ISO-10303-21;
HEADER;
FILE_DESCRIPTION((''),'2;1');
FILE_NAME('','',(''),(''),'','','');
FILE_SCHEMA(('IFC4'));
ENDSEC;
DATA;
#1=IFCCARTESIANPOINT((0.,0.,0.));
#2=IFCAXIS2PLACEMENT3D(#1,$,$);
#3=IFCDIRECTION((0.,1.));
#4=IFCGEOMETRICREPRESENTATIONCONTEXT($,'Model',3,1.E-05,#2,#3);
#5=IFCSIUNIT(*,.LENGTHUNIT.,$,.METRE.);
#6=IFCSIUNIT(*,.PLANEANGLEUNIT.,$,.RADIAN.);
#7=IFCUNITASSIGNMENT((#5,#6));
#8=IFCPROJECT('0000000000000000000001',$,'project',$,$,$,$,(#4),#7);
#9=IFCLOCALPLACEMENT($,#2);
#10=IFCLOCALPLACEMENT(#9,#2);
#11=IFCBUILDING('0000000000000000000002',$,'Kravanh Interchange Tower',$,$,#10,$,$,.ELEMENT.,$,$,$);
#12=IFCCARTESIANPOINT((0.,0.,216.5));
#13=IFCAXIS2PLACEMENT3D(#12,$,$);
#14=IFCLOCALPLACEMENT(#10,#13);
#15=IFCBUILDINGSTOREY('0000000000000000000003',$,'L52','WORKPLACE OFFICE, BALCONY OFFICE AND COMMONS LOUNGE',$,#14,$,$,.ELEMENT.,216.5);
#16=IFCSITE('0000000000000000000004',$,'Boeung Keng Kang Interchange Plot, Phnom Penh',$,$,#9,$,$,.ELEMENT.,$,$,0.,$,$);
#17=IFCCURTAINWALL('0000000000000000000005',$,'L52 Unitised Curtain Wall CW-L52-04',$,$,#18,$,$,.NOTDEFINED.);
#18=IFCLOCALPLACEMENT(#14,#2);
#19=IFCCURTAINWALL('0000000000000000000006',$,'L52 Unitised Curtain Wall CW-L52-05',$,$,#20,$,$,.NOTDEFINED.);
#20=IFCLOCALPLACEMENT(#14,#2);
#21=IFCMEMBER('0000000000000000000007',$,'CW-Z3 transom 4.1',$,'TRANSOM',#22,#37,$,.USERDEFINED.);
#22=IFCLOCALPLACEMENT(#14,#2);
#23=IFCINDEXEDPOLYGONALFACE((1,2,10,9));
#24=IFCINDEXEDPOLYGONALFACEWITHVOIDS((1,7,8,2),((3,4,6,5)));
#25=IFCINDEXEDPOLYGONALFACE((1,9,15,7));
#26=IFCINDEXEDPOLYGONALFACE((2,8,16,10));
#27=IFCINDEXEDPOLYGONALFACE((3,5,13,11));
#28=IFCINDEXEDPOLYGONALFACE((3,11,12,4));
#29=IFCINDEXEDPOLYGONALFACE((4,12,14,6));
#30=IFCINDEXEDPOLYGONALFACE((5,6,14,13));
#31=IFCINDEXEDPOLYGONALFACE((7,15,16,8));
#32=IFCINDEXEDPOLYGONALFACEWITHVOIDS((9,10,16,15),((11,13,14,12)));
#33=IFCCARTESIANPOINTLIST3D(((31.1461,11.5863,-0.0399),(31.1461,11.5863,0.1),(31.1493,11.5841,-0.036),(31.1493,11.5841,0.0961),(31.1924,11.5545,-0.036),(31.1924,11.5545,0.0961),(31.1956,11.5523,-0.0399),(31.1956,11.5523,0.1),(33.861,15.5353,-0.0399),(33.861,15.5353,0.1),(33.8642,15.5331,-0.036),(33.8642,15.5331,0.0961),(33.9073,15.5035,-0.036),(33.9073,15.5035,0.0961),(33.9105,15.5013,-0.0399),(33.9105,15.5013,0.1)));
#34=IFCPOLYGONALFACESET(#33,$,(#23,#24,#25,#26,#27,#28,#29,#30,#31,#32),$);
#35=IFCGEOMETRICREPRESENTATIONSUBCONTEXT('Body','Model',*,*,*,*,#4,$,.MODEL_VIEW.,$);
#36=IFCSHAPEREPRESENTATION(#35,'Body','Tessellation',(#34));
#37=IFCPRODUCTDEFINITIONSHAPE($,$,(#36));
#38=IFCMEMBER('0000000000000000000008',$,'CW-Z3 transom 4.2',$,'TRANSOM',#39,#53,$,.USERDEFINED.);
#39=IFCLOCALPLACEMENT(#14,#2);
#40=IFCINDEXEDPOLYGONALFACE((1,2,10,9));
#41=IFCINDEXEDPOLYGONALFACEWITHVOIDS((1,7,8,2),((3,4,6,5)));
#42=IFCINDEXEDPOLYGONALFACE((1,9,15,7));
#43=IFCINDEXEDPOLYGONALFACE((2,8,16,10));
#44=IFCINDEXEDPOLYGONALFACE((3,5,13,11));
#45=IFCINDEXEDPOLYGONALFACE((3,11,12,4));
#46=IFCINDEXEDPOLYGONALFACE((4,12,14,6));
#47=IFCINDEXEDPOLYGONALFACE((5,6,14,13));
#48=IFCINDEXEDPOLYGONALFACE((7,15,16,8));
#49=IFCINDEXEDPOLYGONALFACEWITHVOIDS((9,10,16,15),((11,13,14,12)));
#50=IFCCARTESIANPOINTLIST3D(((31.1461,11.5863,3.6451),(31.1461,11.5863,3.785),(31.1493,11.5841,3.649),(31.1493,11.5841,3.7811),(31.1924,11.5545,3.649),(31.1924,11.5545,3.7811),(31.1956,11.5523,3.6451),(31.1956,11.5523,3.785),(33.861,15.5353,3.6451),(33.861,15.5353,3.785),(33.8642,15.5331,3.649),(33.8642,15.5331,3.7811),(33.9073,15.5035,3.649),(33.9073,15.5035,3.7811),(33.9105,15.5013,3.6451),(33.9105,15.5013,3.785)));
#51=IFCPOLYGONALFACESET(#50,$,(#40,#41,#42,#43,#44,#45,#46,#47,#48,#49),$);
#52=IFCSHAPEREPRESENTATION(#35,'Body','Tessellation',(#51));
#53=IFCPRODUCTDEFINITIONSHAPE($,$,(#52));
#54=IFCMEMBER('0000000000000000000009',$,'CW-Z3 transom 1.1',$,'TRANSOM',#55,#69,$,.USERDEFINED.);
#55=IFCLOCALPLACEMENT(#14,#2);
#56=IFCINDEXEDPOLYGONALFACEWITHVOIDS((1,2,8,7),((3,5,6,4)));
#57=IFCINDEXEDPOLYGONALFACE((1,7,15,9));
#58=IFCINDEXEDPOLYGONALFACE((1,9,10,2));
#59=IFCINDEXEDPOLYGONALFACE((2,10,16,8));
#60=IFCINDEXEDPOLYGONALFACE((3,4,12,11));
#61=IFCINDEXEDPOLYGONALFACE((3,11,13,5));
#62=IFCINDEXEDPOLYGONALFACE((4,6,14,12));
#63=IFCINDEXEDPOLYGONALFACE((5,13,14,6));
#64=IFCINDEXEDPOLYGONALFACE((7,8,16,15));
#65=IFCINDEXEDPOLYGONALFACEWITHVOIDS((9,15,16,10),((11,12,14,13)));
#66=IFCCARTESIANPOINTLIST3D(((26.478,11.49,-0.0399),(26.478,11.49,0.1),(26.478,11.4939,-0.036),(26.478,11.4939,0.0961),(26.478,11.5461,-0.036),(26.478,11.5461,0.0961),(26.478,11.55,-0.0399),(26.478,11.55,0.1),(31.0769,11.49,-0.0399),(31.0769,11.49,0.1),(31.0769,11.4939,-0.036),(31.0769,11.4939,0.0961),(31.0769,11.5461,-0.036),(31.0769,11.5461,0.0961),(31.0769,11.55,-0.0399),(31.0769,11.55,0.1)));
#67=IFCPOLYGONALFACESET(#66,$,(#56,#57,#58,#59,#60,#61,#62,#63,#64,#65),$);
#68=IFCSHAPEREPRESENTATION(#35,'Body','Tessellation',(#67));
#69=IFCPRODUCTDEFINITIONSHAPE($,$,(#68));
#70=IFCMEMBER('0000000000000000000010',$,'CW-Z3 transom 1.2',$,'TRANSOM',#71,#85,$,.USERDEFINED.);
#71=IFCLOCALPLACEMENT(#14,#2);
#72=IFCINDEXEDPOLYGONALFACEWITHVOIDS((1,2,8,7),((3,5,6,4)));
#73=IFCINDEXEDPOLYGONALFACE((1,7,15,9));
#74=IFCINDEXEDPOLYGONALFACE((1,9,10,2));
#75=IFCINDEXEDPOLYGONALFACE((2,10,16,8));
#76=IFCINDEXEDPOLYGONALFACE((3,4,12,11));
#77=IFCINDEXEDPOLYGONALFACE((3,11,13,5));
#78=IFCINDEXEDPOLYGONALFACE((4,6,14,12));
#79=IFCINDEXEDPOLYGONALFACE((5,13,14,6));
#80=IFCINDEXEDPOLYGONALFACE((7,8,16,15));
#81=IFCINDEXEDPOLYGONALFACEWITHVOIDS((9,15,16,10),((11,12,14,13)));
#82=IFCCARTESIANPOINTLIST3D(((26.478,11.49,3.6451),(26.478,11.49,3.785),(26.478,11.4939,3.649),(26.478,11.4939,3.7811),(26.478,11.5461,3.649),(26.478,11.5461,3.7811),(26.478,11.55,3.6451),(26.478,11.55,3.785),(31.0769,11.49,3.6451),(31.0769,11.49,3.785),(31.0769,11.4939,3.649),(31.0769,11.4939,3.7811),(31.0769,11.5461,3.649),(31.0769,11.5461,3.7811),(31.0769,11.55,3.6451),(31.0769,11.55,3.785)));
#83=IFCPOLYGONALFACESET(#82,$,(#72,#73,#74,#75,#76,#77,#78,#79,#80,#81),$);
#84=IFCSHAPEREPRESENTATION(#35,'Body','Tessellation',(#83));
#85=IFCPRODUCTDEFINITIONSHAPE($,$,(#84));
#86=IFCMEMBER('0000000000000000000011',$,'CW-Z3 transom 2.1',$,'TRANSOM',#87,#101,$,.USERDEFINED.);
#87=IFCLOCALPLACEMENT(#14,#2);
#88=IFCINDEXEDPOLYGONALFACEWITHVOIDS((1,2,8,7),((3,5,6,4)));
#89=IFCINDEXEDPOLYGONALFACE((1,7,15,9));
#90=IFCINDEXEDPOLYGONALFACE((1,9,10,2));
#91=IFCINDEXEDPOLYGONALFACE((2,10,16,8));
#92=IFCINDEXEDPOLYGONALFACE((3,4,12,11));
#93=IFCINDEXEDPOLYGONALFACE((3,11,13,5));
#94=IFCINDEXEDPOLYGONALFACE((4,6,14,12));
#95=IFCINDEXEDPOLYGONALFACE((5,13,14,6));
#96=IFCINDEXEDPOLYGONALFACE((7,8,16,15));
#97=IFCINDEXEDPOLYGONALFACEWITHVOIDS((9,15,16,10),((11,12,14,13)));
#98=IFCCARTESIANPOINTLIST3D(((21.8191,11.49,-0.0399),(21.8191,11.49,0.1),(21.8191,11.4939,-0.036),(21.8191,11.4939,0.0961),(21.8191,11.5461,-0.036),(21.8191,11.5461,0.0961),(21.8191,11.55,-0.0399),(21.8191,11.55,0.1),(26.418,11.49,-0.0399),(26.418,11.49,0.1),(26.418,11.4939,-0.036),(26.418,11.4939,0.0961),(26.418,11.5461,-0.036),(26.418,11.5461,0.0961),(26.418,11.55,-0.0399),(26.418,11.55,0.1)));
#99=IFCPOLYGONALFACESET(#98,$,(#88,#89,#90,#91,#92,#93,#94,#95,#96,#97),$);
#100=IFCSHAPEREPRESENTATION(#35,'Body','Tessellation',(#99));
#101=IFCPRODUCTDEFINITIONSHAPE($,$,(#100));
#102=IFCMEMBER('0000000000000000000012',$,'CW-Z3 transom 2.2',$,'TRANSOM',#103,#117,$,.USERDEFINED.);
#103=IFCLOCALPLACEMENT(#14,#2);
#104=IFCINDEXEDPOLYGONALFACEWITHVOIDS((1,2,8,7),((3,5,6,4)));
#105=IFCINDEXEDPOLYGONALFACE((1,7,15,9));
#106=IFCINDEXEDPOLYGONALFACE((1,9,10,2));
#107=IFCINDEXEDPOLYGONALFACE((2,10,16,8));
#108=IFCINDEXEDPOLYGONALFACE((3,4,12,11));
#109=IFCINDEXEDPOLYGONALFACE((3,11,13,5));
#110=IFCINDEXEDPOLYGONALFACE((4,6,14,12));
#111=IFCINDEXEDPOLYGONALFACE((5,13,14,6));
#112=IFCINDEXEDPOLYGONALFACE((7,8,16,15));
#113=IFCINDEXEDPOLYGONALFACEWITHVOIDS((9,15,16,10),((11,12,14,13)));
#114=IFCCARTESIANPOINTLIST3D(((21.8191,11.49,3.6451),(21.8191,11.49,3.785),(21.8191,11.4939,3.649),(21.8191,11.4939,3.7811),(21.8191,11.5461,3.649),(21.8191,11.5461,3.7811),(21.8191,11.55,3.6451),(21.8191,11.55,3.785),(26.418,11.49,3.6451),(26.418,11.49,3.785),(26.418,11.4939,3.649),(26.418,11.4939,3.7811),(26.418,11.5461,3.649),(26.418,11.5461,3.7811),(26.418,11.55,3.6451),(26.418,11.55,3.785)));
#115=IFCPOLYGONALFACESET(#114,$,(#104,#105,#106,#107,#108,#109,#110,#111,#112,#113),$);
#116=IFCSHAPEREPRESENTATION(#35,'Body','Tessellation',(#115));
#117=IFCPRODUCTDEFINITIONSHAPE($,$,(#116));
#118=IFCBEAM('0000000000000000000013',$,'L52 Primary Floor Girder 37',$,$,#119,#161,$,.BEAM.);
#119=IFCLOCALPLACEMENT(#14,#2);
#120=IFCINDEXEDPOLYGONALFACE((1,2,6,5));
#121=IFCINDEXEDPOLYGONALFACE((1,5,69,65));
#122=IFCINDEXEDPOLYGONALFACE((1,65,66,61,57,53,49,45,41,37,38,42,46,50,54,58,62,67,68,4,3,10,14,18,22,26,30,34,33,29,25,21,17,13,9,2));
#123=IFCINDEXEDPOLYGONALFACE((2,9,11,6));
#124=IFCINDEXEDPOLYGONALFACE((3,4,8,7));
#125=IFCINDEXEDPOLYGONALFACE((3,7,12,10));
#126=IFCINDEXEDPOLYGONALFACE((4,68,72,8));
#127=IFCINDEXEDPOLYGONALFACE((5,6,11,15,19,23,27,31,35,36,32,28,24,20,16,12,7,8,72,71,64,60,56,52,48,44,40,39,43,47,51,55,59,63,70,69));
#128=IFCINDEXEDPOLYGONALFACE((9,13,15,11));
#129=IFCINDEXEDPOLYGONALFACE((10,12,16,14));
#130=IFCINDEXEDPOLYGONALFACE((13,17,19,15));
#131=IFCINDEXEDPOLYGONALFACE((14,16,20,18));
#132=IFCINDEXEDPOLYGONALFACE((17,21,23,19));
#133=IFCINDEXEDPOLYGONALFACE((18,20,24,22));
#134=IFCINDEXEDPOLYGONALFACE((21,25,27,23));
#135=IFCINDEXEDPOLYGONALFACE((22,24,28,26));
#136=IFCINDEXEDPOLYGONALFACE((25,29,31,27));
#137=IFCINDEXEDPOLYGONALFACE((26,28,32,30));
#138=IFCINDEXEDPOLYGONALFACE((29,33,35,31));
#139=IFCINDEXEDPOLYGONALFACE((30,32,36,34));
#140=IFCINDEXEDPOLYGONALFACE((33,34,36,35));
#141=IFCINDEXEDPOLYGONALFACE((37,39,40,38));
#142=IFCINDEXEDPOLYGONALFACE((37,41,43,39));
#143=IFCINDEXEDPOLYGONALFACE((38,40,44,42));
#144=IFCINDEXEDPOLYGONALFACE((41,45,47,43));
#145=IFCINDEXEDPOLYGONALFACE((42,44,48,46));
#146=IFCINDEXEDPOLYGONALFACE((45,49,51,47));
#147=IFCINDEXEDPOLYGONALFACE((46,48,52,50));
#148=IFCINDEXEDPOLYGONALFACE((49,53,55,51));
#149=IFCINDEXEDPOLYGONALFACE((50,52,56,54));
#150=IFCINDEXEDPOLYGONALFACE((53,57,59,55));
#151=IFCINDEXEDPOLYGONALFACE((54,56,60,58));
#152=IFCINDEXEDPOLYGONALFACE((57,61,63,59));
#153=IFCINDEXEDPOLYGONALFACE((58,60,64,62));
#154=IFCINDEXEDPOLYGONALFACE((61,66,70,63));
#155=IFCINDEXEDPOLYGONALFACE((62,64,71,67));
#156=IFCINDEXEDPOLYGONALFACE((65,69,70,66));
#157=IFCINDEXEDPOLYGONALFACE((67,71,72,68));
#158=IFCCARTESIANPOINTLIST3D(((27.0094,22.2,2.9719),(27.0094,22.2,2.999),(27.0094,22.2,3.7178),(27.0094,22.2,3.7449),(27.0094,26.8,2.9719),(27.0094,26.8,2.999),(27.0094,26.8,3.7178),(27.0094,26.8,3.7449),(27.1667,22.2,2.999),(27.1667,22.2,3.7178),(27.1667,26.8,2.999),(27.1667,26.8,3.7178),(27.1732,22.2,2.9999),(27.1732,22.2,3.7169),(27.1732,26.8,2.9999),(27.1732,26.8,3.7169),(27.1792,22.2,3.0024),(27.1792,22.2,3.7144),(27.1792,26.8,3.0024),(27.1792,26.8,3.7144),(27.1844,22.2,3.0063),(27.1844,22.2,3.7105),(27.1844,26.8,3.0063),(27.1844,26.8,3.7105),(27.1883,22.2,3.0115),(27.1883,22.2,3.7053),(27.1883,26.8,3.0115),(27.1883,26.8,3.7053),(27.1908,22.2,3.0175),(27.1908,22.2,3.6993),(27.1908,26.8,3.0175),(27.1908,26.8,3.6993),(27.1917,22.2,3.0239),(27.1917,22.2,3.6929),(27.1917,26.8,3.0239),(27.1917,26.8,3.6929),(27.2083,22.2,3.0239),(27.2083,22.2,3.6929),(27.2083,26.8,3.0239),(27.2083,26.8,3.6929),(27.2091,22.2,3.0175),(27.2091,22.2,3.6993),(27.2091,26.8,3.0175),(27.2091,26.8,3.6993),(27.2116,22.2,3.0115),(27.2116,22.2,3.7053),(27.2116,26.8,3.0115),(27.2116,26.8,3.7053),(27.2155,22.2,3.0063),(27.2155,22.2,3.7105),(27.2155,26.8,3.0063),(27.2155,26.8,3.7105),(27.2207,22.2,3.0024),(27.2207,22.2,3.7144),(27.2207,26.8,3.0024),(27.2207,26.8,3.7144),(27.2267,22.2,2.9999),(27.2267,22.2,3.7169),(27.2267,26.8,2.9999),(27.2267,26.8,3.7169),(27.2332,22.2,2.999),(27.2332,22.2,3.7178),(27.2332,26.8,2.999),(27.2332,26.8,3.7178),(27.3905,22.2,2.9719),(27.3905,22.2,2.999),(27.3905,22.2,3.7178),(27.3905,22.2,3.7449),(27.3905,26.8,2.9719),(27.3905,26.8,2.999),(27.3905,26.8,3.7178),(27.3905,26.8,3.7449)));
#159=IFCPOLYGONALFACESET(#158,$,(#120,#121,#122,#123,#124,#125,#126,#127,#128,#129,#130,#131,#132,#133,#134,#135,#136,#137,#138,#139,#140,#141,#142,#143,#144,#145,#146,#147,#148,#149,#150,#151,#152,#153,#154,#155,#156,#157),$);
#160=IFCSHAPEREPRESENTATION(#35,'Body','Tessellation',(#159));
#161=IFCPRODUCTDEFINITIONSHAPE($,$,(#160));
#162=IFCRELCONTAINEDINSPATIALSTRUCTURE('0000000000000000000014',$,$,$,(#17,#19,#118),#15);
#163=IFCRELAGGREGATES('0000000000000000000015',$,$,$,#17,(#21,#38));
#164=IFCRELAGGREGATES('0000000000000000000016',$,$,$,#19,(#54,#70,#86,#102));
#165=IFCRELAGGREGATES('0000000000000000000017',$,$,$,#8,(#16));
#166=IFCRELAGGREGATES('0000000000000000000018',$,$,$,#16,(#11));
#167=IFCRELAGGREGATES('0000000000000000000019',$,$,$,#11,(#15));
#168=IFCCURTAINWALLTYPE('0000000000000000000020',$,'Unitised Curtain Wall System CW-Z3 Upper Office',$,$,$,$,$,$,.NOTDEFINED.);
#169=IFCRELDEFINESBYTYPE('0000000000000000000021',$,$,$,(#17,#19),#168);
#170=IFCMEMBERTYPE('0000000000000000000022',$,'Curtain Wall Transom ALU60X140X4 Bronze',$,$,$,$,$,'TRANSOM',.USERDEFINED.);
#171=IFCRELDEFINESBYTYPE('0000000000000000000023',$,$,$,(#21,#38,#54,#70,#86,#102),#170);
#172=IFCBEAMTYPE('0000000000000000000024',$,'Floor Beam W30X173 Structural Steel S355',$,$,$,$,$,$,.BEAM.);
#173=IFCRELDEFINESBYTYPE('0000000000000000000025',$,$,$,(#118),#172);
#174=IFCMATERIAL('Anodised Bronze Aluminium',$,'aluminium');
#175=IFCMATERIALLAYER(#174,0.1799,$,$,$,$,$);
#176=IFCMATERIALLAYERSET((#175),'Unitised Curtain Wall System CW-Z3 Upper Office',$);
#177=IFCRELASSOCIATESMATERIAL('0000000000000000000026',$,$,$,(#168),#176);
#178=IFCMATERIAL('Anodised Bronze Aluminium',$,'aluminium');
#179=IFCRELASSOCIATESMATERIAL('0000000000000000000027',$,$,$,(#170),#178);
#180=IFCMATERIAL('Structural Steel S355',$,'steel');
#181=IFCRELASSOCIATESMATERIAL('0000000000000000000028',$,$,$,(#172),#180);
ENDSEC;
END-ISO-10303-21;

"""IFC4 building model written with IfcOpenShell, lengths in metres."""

from ifc_helpers import new_model, si_unit, direction, frame, origin, origin_2d, place, context, subcontext, project, spatial, hollow_rectangle, i_section, extrude, material, layer, layer_set, material_profile, profile_set, type_object, element, aggregate, save


model = new_model("IFC4")

# Units and contexts
model_context = context("Model", 3, precision=1e-05, world=origin(), true_north=direction((0.0, 1.0)))
body_context = subcontext(model_context, "Body", "Model", "MODEL_VIEW")
ifc_project = project(units=[si_unit("LENGTHUNIT", "METRE"), si_unit("PLANEANGLEUNIT", "RADIAN")], contexts=[model_context])

# Site, building, storey
site_placement = place(None, origin())
site = spatial("IfcSite", under=ifc_project, at=site_placement, Name="Boeung Keng Kang Interchange Plot, Phnom Penh", CompositionType="ELEMENT", RefElevation=0.0)
building_placement = place(site_placement, origin())
building = spatial("IfcBuilding", under=site, at=building_placement, Name="Kravanh Interchange Tower", CompositionType="ELEMENT")
storey_placement = place(building_placement, frame((0.0, 0.0, 216.5)))
storey = spatial("IfcBuildingStorey", under=building, at=storey_placement, Name="L52", Description="WORKPLACE OFFICE, BALCONY OFFICE AND COMMONS LOUNGE", CompositionType="ELEMENT", Elevation=216.5)

# Curtain walls
ifc_material_1 = material(Name="Anodised Bronze Aluminium", Category="aluminium")
ifc_layer_1 = layer(ifc_material_1, 0.1799)
ifc_layer_set_1 = layer_set([ifc_layer_1], Name="Unitised Curtain Wall System CW-Z3 Upper Office")
curtain_wall_type = type_object("IfcCurtainWallType", Name="Unitised Curtain Wall System CW-Z3 Upper Office", PredefinedType="NOTDEFINED", material=ifc_layer_set_1)
curtain_wall_1_placement = place(storey_placement, origin())
curtain_wall_1 = element("IfcCurtainWall", 1, at=curtain_wall_1_placement, inside=storey, type_object=curtain_wall_type, Name="L52 Unitised Curtain Wall CW-L52-04", PredefinedType="NOTDEFINED")
curtain_wall_2_placement = place(storey_placement, origin())
curtain_wall_2 = element("IfcCurtainWall", 2, at=curtain_wall_2_placement, inside=storey, type_object=curtain_wall_type, Name="L52 Unitised Curtain Wall CW-L52-05", PredefinedType="NOTDEFINED")

# Members
ifc_material_2 = material(Name="Anodised Bronze Aluminium", Category="aluminium")
ifc_material_profile_1 = material_profile(ifc_material_2, hollow_rectangle(XDim=0.0601, YDim=0.1399, WallThickness=0.0039, at=origin_2d()), Name="ALU60X140X4")
ifc_profile_set_1 = profile_set([ifc_material_profile_1], Name="Anodised Bronze Aluminium")
member_type_1 = type_object("IfcMemberType", Name="Curtain Wall Transom ALU60X140X4 Bronze", ElementType="TRANSOM", PredefinedType="USERDEFINED", material=ifc_profile_set_1)
member_1_placement = place(storey_placement, frame((33.8857, 15.5183, 0.03), z_axis=(-0.566518, -0.824049, 0.0), x_axis=(0.824049, -0.566518, 0.0)))
member_1 = element("IfcMember", 3, at=member_1_placement, type_object=member_type_1, Name="CW-Z3 transom 4.1", ObjectType="TRANSOM", PredefinedType="USERDEFINED", context=body_context, shape_type="SweptSolid", body=[
    extrude(hollow_rectangle(XDim=0.0601, YDim=0.1399, WallThickness=0.0039, at=origin_2d()), origin(), (0.0, 0.0, 1.0), 4.7922),
])
member_2_placement = place(storey_placement, frame((33.8857, 15.5183, 3.7151), z_axis=(-0.566518, -0.824049, 0.0), x_axis=(0.824049, -0.566518, 0.0)))
member_2 = element("IfcMember", 4, at=member_2_placement, type_object=member_type_1, Name="CW-Z3 transom 4.2", ObjectType="TRANSOM", PredefinedType="USERDEFINED", context=body_context, shape_type="SweptSolid", body=[
    extrude(hollow_rectangle(XDim=0.0601, YDim=0.1399, WallThickness=0.0039, at=origin_2d()), origin(), (0.0, 0.0, 1.0), 4.7922),
])
member_3_placement = place(storey_placement, frame((31.0769, 11.52, 0.03), z_axis=(-1.0, 0.0, 0.0), x_axis=(0.0, -1.0, 0.0)))
member_3 = element("IfcMember", 5, at=member_3_placement, type_object=member_type_1, Name="CW-Z3 transom 1.1", ObjectType="TRANSOM", PredefinedType="USERDEFINED", context=body_context, shape_type="SweptSolid", body=[
    extrude(hollow_rectangle(XDim=0.0601, YDim=0.1399, WallThickness=0.0039, at=origin_2d()), origin(), (0.0, 0.0, 1.0), 4.5989),
])
member_4_placement = place(storey_placement, frame((31.0769, 11.52, 3.7151), z_axis=(-1.0, 0.0, 0.0), x_axis=(0.0, -1.0, 0.0)))
member_4 = element("IfcMember", 6, at=member_4_placement, type_object=member_type_1, Name="CW-Z3 transom 1.2", ObjectType="TRANSOM", PredefinedType="USERDEFINED", context=body_context, shape_type="SweptSolid", body=[
    extrude(hollow_rectangle(XDim=0.0601, YDim=0.1399, WallThickness=0.0039, at=origin_2d()), origin(), (0.0, 0.0, 1.0), 4.5989),
])
member_5_placement = place(storey_placement, frame((26.418, 11.52, 0.03), z_axis=(-1.0, 0.0, 0.0), x_axis=(0.0, -1.0, 0.0)))
member_5 = element("IfcMember", 7, at=member_5_placement, type_object=member_type_1, Name="CW-Z3 transom 2.1", ObjectType="TRANSOM", PredefinedType="USERDEFINED", context=body_context, shape_type="SweptSolid", body=[
    extrude(hollow_rectangle(XDim=0.0601, YDim=0.1399, WallThickness=0.0039, at=origin_2d()), origin(), (0.0, 0.0, 1.0), 4.5989),
])
member_6_placement = place(storey_placement, frame((26.418, 11.52, 3.7151), z_axis=(-1.0, 0.0, 0.0), x_axis=(0.0, -1.0, 0.0)))
member_6 = element("IfcMember", 8, at=member_6_placement, type_object=member_type_1, Name="CW-Z3 transom 2.2", ObjectType="TRANSOM", PredefinedType="USERDEFINED", context=body_context, shape_type="SweptSolid", body=[
    extrude(hollow_rectangle(XDim=0.0601, YDim=0.1399, WallThickness=0.0039, at=origin_2d()), origin(), (0.0, 0.0, 1.0), 4.5989),
])

# Beam
ifc_material_3 = material(Name="Structural Steel S355", Category="steel")
ifc_material_profile_2 = material_profile(ifc_material_3, i_section(OverallWidth=0.3811, OverallDepth=0.7729, WebThickness=0.0166, FlangeThickness=0.0271, FilletRadius=0.0249, at=origin_2d()), Name="W30X173")
ifc_profile_set_2 = profile_set([ifc_material_profile_2], Name="Structural Steel S355")
beam_type_1 = type_object("IfcBeamType", Name="Floor Beam W30X173 Structural Steel S355", PredefinedType="BEAM", material=ifc_profile_set_2)
beam_1_placement = place(storey_placement, frame((27.2, 26.8, 3.3584), z_axis=(0.0, -1.0, 0.0), x_axis=(1.0, 0.0, 0.0)))
element("IfcBeam", 9, at=beam_1_placement, inside=storey, type_object=beam_type_1, Name="L52 Primary Floor Girder 37", PredefinedType="BEAM", context=body_context, shape_type="SweptSolid", body=[
    extrude(i_section(OverallWidth=0.3811, OverallDepth=0.7729, WebThickness=0.0166, FlangeThickness=0.0271, FilletRadius=0.0249, at=origin_2d()), origin(), (0.0, 0.0, 1.0), 4.6001),
])

aggregate(curtain_wall_1, [member_1, member_2])
aggregate(curtain_wall_2, [member_3, member_4, member_5, member_6])

save(model, "model.ifc")
